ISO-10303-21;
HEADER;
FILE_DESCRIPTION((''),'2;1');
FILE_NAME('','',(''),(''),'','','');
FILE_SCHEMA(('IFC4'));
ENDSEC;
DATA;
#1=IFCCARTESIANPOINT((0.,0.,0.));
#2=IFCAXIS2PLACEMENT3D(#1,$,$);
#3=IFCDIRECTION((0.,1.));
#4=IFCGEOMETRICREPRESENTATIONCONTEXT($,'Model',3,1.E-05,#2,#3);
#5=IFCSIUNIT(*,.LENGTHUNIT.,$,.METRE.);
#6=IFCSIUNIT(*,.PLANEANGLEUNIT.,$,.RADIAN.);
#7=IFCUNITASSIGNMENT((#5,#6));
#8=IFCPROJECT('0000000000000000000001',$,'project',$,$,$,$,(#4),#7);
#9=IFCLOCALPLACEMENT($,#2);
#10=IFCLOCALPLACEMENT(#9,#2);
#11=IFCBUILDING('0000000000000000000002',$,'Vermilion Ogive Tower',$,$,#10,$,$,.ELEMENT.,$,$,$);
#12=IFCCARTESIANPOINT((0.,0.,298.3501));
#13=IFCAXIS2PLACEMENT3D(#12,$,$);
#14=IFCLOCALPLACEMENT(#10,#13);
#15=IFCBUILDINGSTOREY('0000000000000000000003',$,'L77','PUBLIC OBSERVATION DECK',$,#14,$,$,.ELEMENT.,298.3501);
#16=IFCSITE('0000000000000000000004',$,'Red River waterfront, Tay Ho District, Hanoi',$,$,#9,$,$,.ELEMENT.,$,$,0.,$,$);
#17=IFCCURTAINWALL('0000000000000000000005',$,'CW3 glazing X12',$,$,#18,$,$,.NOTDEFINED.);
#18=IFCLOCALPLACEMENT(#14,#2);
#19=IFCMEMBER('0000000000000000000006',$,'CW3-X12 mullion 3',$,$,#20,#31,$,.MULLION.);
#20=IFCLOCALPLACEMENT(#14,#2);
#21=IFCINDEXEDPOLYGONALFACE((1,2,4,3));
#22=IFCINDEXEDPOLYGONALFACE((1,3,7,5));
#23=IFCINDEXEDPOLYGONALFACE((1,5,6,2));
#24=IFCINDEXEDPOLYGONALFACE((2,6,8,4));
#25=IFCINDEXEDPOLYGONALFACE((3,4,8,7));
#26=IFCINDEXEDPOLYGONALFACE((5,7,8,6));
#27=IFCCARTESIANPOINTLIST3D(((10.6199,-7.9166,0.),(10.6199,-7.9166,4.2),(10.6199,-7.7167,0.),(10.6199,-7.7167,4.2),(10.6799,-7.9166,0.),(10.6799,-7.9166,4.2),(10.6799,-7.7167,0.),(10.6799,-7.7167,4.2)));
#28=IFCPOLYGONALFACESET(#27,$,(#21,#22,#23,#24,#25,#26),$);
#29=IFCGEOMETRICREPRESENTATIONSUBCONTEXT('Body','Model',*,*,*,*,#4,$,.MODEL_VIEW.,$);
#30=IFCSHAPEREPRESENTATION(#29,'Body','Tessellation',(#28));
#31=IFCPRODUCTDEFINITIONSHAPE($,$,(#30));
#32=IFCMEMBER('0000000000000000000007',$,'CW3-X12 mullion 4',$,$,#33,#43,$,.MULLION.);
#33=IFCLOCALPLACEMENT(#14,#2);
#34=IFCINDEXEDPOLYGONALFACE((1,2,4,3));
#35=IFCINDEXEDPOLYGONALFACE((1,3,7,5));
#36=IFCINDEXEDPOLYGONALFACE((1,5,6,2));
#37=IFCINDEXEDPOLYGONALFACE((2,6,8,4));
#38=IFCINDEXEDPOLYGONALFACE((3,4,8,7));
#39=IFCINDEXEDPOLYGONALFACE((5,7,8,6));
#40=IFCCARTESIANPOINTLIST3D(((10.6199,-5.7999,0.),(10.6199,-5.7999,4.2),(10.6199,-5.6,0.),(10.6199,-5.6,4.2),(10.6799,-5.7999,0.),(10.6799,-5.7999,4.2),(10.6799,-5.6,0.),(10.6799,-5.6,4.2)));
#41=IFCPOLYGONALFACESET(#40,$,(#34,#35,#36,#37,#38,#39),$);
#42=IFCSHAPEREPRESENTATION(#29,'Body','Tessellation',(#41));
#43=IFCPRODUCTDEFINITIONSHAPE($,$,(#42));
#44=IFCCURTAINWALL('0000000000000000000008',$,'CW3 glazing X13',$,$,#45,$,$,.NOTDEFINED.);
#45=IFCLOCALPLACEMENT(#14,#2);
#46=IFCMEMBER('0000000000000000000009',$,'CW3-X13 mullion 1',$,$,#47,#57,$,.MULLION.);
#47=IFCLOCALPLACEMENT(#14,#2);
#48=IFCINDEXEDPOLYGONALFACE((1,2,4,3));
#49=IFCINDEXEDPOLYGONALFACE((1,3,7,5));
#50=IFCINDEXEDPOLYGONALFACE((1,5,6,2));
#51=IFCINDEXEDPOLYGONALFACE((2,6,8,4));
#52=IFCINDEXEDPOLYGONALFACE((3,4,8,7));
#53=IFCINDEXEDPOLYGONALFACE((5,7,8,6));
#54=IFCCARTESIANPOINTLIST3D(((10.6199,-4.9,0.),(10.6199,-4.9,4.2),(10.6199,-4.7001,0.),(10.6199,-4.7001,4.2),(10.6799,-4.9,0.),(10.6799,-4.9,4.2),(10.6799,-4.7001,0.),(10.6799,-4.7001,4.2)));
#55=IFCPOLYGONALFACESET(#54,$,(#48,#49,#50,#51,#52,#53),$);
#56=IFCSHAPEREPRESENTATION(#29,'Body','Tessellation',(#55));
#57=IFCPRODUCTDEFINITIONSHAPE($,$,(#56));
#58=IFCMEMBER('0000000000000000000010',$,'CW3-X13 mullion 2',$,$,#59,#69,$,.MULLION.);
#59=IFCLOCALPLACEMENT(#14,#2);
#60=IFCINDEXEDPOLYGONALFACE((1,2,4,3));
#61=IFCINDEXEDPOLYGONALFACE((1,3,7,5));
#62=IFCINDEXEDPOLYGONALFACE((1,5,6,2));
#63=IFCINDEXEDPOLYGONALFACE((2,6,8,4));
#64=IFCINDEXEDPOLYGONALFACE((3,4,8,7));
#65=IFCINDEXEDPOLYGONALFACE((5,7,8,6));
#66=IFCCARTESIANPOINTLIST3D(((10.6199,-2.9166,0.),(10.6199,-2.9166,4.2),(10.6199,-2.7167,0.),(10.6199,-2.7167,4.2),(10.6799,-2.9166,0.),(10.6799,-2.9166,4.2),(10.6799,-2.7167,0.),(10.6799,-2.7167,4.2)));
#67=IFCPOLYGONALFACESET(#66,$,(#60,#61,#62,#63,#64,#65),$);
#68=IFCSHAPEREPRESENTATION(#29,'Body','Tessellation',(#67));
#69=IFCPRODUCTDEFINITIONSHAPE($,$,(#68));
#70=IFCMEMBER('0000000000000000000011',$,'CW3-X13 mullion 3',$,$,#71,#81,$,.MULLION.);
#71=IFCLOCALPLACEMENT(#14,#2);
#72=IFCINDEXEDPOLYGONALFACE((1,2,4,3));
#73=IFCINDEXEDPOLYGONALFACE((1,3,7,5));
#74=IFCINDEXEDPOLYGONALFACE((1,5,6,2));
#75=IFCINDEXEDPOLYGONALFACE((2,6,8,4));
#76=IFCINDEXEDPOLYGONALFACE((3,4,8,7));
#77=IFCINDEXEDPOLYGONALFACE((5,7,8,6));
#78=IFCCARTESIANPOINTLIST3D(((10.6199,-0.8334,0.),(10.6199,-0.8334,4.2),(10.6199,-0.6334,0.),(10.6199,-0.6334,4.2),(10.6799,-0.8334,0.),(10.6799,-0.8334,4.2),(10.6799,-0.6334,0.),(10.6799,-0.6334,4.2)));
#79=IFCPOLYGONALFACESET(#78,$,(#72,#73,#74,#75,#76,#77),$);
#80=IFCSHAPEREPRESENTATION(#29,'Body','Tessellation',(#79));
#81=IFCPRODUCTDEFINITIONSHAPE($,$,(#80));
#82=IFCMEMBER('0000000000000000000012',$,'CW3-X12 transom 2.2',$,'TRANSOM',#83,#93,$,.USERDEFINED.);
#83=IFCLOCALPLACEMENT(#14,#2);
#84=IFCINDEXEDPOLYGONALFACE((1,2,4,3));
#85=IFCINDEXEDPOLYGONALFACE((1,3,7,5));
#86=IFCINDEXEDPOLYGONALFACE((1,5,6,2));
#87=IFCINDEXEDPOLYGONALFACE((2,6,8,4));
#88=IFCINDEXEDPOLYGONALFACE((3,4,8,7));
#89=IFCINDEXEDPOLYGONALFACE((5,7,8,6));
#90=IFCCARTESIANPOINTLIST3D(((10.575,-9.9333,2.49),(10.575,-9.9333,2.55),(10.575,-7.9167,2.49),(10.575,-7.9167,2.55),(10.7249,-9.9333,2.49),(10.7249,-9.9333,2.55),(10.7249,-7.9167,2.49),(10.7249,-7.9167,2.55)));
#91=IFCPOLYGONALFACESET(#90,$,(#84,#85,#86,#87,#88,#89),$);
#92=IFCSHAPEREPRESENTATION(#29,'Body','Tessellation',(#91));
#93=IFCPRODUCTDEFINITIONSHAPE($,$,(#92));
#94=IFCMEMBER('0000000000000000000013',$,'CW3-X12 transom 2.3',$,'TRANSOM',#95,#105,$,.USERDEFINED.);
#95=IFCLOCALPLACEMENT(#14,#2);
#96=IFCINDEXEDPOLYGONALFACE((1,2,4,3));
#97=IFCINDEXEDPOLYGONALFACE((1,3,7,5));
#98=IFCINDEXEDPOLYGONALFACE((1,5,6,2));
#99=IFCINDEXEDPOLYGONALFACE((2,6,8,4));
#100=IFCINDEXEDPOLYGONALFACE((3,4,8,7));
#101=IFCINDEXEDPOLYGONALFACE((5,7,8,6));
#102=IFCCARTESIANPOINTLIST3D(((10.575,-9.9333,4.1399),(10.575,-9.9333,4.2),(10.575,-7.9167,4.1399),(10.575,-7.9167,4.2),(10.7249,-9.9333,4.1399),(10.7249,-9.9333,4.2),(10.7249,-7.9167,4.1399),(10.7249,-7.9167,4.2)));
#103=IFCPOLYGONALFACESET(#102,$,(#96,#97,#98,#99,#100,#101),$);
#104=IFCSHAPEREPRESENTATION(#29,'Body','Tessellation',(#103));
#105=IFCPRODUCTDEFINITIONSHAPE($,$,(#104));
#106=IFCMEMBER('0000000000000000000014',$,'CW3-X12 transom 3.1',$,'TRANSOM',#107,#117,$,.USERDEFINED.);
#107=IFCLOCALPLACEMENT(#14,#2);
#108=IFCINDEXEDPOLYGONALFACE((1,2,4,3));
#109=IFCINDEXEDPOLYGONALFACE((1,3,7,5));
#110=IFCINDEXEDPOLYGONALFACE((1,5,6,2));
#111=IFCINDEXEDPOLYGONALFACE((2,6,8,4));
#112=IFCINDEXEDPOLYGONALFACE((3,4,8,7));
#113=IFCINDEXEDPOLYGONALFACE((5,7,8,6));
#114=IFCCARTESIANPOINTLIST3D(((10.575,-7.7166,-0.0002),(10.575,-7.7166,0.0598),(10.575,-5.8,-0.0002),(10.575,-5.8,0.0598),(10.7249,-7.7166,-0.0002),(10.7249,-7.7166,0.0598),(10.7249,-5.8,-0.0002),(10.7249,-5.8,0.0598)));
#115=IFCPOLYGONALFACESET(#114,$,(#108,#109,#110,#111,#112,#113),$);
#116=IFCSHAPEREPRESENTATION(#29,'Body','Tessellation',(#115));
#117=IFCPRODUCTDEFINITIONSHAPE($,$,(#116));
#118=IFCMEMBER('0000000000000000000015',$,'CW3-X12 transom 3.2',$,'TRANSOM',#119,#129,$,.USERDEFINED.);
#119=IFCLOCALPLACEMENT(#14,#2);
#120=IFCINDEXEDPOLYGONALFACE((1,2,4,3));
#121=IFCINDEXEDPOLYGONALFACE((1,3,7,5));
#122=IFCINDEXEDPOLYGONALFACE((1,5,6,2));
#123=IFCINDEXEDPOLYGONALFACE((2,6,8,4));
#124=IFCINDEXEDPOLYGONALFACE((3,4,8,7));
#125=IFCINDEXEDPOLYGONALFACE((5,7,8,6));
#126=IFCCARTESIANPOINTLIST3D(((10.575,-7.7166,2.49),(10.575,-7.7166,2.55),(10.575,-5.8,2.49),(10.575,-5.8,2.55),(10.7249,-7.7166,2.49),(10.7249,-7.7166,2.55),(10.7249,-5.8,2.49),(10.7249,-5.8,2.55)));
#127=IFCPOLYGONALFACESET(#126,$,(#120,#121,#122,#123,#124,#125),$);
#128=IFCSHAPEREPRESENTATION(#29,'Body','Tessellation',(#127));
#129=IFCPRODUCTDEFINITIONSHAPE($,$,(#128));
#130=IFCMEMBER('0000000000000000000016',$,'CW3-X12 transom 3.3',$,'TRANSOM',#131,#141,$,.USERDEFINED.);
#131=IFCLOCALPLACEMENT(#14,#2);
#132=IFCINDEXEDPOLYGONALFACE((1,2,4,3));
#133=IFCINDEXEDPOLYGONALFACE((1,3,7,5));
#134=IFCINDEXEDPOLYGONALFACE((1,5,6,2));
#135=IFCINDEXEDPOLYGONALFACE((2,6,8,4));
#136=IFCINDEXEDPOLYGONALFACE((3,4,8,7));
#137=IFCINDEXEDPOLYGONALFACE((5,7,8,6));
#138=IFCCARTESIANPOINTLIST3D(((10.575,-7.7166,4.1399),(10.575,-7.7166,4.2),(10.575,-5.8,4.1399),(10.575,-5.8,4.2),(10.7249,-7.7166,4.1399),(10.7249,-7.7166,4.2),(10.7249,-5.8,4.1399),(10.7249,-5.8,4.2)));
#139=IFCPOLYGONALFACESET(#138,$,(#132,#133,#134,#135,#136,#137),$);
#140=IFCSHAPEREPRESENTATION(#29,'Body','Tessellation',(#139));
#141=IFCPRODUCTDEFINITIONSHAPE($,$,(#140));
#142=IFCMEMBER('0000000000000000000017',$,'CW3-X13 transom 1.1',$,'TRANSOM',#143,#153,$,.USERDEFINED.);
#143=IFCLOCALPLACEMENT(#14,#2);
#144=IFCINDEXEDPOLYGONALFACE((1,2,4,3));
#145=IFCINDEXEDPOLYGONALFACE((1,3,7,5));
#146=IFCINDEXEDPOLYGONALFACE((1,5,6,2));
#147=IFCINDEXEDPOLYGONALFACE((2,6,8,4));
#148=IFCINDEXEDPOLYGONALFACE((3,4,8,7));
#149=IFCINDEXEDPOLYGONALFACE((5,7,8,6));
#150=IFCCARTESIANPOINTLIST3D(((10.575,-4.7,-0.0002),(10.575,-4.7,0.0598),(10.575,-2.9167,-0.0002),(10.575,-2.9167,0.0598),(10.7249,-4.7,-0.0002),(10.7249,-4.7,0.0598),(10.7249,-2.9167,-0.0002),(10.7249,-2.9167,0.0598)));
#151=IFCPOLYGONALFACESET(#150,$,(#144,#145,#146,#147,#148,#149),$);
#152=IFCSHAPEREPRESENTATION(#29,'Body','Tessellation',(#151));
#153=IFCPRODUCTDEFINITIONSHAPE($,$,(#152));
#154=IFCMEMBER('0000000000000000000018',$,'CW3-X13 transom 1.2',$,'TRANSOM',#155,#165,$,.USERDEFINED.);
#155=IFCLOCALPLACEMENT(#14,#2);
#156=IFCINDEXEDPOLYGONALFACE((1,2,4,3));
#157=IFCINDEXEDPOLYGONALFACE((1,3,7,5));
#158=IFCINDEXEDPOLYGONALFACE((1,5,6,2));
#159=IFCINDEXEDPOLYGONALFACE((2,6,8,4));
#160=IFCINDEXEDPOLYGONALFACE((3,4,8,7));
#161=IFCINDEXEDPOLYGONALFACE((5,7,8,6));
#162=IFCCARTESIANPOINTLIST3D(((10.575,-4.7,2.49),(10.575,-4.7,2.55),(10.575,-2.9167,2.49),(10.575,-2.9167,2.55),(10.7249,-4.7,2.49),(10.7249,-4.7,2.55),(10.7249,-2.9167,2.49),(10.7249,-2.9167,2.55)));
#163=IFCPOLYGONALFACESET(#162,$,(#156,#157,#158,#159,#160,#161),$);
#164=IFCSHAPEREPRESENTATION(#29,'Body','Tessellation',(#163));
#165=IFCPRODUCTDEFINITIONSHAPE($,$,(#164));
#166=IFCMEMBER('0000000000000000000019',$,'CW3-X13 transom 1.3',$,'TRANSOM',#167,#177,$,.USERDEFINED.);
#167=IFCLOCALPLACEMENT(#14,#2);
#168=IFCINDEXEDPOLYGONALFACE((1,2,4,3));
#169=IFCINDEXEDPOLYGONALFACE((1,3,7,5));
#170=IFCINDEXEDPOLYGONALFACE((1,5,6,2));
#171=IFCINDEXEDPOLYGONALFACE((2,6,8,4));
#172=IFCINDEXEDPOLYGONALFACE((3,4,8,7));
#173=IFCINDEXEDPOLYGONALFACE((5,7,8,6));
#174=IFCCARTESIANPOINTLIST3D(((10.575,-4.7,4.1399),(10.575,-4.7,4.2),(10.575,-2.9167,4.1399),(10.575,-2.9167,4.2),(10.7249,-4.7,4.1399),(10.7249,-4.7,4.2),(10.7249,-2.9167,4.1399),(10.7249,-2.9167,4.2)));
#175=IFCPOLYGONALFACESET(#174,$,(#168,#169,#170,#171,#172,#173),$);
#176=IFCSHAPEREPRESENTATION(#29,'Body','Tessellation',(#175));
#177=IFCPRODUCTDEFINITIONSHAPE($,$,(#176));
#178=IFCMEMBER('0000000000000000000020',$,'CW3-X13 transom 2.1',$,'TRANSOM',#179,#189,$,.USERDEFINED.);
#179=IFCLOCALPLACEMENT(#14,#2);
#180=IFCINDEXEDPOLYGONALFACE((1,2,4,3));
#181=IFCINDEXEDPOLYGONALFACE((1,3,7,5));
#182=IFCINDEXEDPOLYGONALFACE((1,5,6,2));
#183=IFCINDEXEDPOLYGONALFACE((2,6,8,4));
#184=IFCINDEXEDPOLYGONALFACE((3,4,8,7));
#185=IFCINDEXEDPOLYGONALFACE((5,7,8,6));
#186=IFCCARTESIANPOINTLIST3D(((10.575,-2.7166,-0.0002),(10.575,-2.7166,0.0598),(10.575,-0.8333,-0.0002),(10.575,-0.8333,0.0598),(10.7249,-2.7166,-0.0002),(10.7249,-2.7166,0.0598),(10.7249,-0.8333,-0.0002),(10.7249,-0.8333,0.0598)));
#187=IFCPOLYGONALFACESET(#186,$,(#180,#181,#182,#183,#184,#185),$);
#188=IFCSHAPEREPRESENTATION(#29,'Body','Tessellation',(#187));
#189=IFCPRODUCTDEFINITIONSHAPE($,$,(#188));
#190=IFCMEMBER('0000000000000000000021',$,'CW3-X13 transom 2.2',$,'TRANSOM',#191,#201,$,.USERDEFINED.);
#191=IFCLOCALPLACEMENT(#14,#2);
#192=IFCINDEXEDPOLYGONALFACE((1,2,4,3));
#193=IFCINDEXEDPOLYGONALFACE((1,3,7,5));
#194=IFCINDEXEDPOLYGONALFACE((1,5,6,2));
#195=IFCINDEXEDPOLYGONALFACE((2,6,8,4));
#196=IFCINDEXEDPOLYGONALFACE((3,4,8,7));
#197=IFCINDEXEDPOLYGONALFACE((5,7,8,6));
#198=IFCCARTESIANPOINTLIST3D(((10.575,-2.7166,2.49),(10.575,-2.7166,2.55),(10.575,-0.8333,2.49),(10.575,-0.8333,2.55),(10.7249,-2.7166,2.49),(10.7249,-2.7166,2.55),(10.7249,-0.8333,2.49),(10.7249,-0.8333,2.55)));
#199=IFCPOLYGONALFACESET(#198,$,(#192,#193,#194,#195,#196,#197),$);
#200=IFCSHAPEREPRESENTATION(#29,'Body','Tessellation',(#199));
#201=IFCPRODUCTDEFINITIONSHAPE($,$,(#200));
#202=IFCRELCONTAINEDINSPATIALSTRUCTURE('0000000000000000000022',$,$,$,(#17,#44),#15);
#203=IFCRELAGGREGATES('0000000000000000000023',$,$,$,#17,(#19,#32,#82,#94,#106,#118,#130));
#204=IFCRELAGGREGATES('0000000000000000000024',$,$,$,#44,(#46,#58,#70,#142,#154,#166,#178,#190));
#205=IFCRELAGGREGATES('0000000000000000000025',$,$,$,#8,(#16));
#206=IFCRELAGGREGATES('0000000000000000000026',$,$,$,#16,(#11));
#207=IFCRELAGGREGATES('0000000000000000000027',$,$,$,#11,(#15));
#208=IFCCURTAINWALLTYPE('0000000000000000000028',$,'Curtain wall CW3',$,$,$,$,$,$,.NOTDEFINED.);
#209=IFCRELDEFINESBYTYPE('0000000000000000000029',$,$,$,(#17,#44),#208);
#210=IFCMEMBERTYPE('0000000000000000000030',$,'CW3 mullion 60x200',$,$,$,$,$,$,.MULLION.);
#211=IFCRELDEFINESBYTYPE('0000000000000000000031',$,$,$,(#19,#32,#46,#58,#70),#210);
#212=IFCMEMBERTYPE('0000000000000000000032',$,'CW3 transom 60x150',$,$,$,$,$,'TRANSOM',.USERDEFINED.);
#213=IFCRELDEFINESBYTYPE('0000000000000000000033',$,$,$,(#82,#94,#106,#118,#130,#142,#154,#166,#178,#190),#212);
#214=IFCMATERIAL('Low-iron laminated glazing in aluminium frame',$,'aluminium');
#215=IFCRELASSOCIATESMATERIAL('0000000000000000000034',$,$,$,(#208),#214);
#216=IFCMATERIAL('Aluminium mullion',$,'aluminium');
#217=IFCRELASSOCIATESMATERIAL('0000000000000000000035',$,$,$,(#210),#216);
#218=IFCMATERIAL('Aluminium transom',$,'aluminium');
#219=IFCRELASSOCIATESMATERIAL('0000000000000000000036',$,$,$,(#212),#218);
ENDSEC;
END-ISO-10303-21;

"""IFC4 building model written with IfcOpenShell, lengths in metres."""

from ifc_helpers import new_model, si_unit, direction, frame, origin, origin_2d, place, context, subcontext, project, spatial, rectangle, extrude, material, material_profile, profile_set, type_object, element, aggregate, save


model = new_model("IFC4")

# Units and contexts
model_context = context("Model", 3, precision=1e-05, world=origin(), true_north=direction((0.0, 1.0)))
body_context = subcontext(model_context, "Body", "Model", "MODEL_VIEW")
ifc_project = project(units=[si_unit("LENGTHUNIT", "METRE"), si_unit("PLANEANGLEUNIT", "RADIAN")], contexts=[model_context])

# Site, building, storey
site_placement = place(None, origin())
site = spatial("IfcSite", under=ifc_project, at=site_placement, Name="Red River waterfront, Tay Ho District, Hanoi", CompositionType="ELEMENT", RefElevation=0.0)
building_placement = place(site_placement, origin())
building = spatial("IfcBuilding", under=site, at=building_placement, Name="Vermilion Ogive Tower", CompositionType="ELEMENT")
storey_placement = place(building_placement, frame((0.0, 0.0, 298.3501)))
storey = spatial("IfcBuildingStorey", under=building, at=storey_placement, Name="L77", Description="PUBLIC OBSERVATION DECK", CompositionType="ELEMENT", Elevation=298.3501)

# Curtain walls, members
ifc_material_1 = material(Name="Low-iron laminated glazing in aluminium frame", Category="aluminium")
curtain_wall_type = type_object("IfcCurtainWallType", Name="Curtain wall CW3", PredefinedType="NOTDEFINED", material=ifc_material_1)
curtain_wall_1_placement = place(storey_placement, origin())
curtain_wall_1 = element("IfcCurtainWall", 1, at=curtain_wall_1_placement, inside=storey, type_object=curtain_wall_type, Name="CW3 glazing X12", PredefinedType="NOTDEFINED")
ifc_material_2 = material(Name="Aluminium mullion", Category="aluminium")
ifc_material_profile_1 = material_profile(ifc_material_2, rectangle(XDim=0.0601, YDim=0.2, at=origin_2d()), Name="AL 60x200")
ifc_profile_set_1 = profile_set([ifc_material_profile_1], Name="Aluminium mullion")
member_type_1 = type_object("IfcMemberType", Name="CW3 mullion 60x200", PredefinedType="MULLION", material=ifc_profile_set_1)
member_1_placement = place(storey_placement, frame((10.6499, -7.8167, 0.0), z_axis=(0.0, 0.0, 1.0), x_axis=(-1.0, 0.0, 0.0)))
member_1 = element("IfcMember", 2, at=member_1_placement, type_object=member_type_1, Name="CW3-X12 mullion 3", PredefinedType="MULLION", context=body_context, shape_type="SweptSolid", body=[
    extrude(rectangle(XDim=0.0601, YDim=0.2, at=origin_2d()), origin(), (0.0, 0.0, 1.0), 4.2),
])
member_2_placement = place(storey_placement, frame((10.6499, -5.7, 0.0), z_axis=(0.0, 0.0, 1.0), x_axis=(-1.0, 0.0, 0.0)))
member_2 = element("IfcMember", 3, at=member_2_placement, type_object=member_type_1, Name="CW3-X12 mullion 4", PredefinedType="MULLION", context=body_context, shape_type="SweptSolid", body=[
    extrude(rectangle(XDim=0.0601, YDim=0.2, at=origin_2d()), origin(), (0.0, 0.0, 1.0), 4.2),
])
curtain_wall_2_placement = place(storey_placement, origin())
curtain_wall_2 = element("IfcCurtainWall", 4, at=curtain_wall_2_placement, inside=storey, type_object=curtain_wall_type, Name="CW3 glazing X13", PredefinedType="NOTDEFINED")
member_3_placement = place(storey_placement, frame((10.6499, -4.8, 0.0), z_axis=(0.0, 0.0, 1.0), x_axis=(-1.0, 0.0, 0.0)))
member_3 = element("IfcMember", 5, at=member_3_placement, type_object=member_type_1, Name="CW3-X13 mullion 1", PredefinedType="MULLION", context=body_context, shape_type="SweptSolid", body=[
    extrude(rectangle(XDim=0.0601, YDim=0.2, at=origin_2d()), origin(), (0.0, 0.0, 1.0), 4.2),
])
member_4_placement = place(storey_placement, frame((10.6499, -2.8167, 0.0), z_axis=(0.0, 0.0, 1.0), x_axis=(-1.0, 0.0, 0.0)))
member_4 = element("IfcMember", 6, at=member_4_placement, type_object=member_type_1, Name="CW3-X13 mullion 2", PredefinedType="MULLION", context=body_context, shape_type="SweptSolid", body=[
    extrude(rectangle(XDim=0.0601, YDim=0.2, at=origin_2d()), origin(), (0.0, 0.0, 1.0), 4.2),
])
member_5_placement = place(storey_placement, frame((10.6499, -0.7334, 0.0), z_axis=(0.0, 0.0, 1.0), x_axis=(-1.0, 0.0, 0.0)))
member_5 = element("IfcMember", 7, at=member_5_placement, type_object=member_type_1, Name="CW3-X13 mullion 3", PredefinedType="MULLION", context=body_context, shape_type="SweptSolid", body=[
    extrude(rectangle(XDim=0.0601, YDim=0.2, at=origin_2d()), origin(), (0.0, 0.0, 1.0), 4.2),
])

# Members
ifc_material_3 = material(Name="Aluminium transom", Category="aluminium")
ifc_material_profile_2 = material_profile(ifc_material_3, rectangle(XDim=0.1499, YDim=0.0601, at=origin_2d()), Name="AL 60x150")
ifc_profile_set_2 = profile_set([ifc_material_profile_2], Name="Aluminium transom")
member_type_2 = type_object("IfcMemberType", Name="CW3 transom 60x150", ElementType="TRANSOM", PredefinedType="USERDEFINED", material=ifc_profile_set_2)
member_6_placement = place(storey_placement, frame((10.6499, -9.9333, 2.52), z_axis=(0.0, 1.0, 0.0), x_axis=(-1.0, 0.0, 0.0)))
member_6 = element("IfcMember", 8, at=member_6_placement, type_object=member_type_2, Name="CW3-X12 transom 2.2", ObjectType="TRANSOM", PredefinedType="USERDEFINED", context=body_context, shape_type="SweptSolid", body=[
    extrude(rectangle(XDim=0.1499, YDim=0.0601, at=origin_2d()), origin(), (0.0, 0.0, 1.0), 2.0166),
])
member_7_placement = place(storey_placement, frame((10.6499, -9.9333, 4.1699), z_axis=(0.0, 1.0, 0.0), x_axis=(-1.0, 0.0, 0.0)))
member_7 = element("IfcMember", 9, at=member_7_placement, type_object=member_type_2, Name="CW3-X12 transom 2.3", ObjectType="TRANSOM", PredefinedType="USERDEFINED", context=body_context, shape_type="SweptSolid", body=[
    extrude(rectangle(XDim=0.1499, YDim=0.0601, at=origin_2d()), origin(), (0.0, 0.0, 1.0), 2.0166),
])
member_8_placement = place(storey_placement, frame((10.6499, -7.7166, 0.0298), z_axis=(0.0, 1.0, 0.0), x_axis=(-1.0, 0.0, 0.0)))
member_8 = element("IfcMember", 10, at=member_8_placement, type_object=member_type_2, Name="CW3-X12 transom 3.1", ObjectType="TRANSOM", PredefinedType="USERDEFINED", context=body_context, shape_type="SweptSolid", body=[
    extrude(rectangle(XDim=0.1499, YDim=0.0601, at=origin_2d()), origin(), (0.0, 0.0, 1.0), 1.9165),
])
member_9_placement = place(storey_placement, frame((10.6499, -7.7166, 2.52), z_axis=(0.0, 1.0, 0.0), x_axis=(-1.0, 0.0, 0.0)))
member_9 = element("IfcMember", 11, at=member_9_placement, type_object=member_type_2, Name="CW3-X12 transom 3.2", ObjectType="TRANSOM", PredefinedType="USERDEFINED", context=body_context, shape_type="SweptSolid", body=[
    extrude(rectangle(XDim=0.1499, YDim=0.0601, at=origin_2d()), origin(), (0.0, 0.0, 1.0), 1.9165),
])
member_10_placement = place(storey_placement, frame((10.6499, -7.7166, 4.1699), z_axis=(0.0, 1.0, 0.0), x_axis=(-1.0, 0.0, 0.0)))
member_10 = element("IfcMember", 12, at=member_10_placement, type_object=member_type_2, Name="CW3-X12 transom 3.3", ObjectType="TRANSOM", PredefinedType="USERDEFINED", context=body_context, shape_type="SweptSolid", body=[
    extrude(rectangle(XDim=0.1499, YDim=0.0601, at=origin_2d()), origin(), (0.0, 0.0, 1.0), 1.9165),
])
member_11_placement = place(storey_placement, frame((10.6499, -4.7, 0.0298), z_axis=(0.0, 1.0, 0.0), x_axis=(-1.0, 0.0, 0.0)))
member_11 = element("IfcMember", 13, at=member_11_placement, type_object=member_type_2, Name="CW3-X13 transom 1.1", ObjectType="TRANSOM", PredefinedType="USERDEFINED", context=body_context, shape_type="SweptSolid", body=[
    extrude(rectangle(XDim=0.1499, YDim=0.0601, at=origin_2d()), origin(), (0.0, 0.0, 1.0), 1.7832),
])
member_12_placement = place(storey_placement, frame((10.6499, -4.7, 2.52), z_axis=(0.0, 1.0, 0.0), x_axis=(-1.0, 0.0, 0.0)))
member_12 = element("IfcMember", 14, at=member_12_placement, type_object=member_type_2, Name="CW3-X13 transom 1.2", ObjectType="TRANSOM", PredefinedType="USERDEFINED", context=body_context, shape_type="SweptSolid", body=[
    extrude(rectangle(XDim=0.1499, YDim=0.0601, at=origin_2d()), origin(), (0.0, 0.0, 1.0), 1.7832),
])
member_13_placement = place(storey_placement, frame((10.6499, -4.7, 4.1699), z_axis=(0.0, 1.0, 0.0), x_axis=(-1.0, 0.0, 0.0)))
member_13 = element("IfcMember", 15, at=member_13_placement, type_object=member_type_2, Name="CW3-X13 transom 1.3", ObjectType="TRANSOM", PredefinedType="USERDEFINED", context=body_context, shape_type="SweptSolid", body=[
    extrude(rectangle(XDim=0.1499, YDim=0.0601, at=origin_2d()), origin(), (0.0, 0.0, 1.0), 1.7832),
])
member_14_placement = place(storey_placement, frame((10.6499, -2.7166, 0.0298), z_axis=(0.0, 1.0, 0.0), x_axis=(-1.0, 0.0, 0.0)))
member_14 = element("IfcMember", 16, at=member_14_placement, type_object=member_type_2, Name="CW3-X13 transom 2.1", ObjectType="TRANSOM", PredefinedType="USERDEFINED", context=body_context, shape_type="SweptSolid", body=[
    extrude(rectangle(XDim=0.1499, YDim=0.0601, at=origin_2d()), origin(), (0.0, 0.0, 1.0), 1.8833),
])
member_15_placement = place(storey_placement, frame((10.6499, -2.7166, 2.52), z_axis=(0.0, 1.0, 0.0), x_axis=(-1.0, 0.0, 0.0)))
member_15 = element("IfcMember", 17, at=member_15_placement, type_object=member_type_2, Name="CW3-X13 transom 2.2", ObjectType="TRANSOM", PredefinedType="USERDEFINED", context=body_context, shape_type="SweptSolid", body=[
    extrude(rectangle(XDim=0.1499, YDim=0.0601, at=origin_2d()), origin(), (0.0, 0.0, 1.0), 1.8833),
])

aggregate(curtain_wall_1, [member_1, member_2, member_6, member_7, member_8, member_9, member_10])
aggregate(curtain_wall_2, [member_3, member_4, member_5, member_11, member_12, member_13, member_14, member_15])

save(model, "model.ifc")
